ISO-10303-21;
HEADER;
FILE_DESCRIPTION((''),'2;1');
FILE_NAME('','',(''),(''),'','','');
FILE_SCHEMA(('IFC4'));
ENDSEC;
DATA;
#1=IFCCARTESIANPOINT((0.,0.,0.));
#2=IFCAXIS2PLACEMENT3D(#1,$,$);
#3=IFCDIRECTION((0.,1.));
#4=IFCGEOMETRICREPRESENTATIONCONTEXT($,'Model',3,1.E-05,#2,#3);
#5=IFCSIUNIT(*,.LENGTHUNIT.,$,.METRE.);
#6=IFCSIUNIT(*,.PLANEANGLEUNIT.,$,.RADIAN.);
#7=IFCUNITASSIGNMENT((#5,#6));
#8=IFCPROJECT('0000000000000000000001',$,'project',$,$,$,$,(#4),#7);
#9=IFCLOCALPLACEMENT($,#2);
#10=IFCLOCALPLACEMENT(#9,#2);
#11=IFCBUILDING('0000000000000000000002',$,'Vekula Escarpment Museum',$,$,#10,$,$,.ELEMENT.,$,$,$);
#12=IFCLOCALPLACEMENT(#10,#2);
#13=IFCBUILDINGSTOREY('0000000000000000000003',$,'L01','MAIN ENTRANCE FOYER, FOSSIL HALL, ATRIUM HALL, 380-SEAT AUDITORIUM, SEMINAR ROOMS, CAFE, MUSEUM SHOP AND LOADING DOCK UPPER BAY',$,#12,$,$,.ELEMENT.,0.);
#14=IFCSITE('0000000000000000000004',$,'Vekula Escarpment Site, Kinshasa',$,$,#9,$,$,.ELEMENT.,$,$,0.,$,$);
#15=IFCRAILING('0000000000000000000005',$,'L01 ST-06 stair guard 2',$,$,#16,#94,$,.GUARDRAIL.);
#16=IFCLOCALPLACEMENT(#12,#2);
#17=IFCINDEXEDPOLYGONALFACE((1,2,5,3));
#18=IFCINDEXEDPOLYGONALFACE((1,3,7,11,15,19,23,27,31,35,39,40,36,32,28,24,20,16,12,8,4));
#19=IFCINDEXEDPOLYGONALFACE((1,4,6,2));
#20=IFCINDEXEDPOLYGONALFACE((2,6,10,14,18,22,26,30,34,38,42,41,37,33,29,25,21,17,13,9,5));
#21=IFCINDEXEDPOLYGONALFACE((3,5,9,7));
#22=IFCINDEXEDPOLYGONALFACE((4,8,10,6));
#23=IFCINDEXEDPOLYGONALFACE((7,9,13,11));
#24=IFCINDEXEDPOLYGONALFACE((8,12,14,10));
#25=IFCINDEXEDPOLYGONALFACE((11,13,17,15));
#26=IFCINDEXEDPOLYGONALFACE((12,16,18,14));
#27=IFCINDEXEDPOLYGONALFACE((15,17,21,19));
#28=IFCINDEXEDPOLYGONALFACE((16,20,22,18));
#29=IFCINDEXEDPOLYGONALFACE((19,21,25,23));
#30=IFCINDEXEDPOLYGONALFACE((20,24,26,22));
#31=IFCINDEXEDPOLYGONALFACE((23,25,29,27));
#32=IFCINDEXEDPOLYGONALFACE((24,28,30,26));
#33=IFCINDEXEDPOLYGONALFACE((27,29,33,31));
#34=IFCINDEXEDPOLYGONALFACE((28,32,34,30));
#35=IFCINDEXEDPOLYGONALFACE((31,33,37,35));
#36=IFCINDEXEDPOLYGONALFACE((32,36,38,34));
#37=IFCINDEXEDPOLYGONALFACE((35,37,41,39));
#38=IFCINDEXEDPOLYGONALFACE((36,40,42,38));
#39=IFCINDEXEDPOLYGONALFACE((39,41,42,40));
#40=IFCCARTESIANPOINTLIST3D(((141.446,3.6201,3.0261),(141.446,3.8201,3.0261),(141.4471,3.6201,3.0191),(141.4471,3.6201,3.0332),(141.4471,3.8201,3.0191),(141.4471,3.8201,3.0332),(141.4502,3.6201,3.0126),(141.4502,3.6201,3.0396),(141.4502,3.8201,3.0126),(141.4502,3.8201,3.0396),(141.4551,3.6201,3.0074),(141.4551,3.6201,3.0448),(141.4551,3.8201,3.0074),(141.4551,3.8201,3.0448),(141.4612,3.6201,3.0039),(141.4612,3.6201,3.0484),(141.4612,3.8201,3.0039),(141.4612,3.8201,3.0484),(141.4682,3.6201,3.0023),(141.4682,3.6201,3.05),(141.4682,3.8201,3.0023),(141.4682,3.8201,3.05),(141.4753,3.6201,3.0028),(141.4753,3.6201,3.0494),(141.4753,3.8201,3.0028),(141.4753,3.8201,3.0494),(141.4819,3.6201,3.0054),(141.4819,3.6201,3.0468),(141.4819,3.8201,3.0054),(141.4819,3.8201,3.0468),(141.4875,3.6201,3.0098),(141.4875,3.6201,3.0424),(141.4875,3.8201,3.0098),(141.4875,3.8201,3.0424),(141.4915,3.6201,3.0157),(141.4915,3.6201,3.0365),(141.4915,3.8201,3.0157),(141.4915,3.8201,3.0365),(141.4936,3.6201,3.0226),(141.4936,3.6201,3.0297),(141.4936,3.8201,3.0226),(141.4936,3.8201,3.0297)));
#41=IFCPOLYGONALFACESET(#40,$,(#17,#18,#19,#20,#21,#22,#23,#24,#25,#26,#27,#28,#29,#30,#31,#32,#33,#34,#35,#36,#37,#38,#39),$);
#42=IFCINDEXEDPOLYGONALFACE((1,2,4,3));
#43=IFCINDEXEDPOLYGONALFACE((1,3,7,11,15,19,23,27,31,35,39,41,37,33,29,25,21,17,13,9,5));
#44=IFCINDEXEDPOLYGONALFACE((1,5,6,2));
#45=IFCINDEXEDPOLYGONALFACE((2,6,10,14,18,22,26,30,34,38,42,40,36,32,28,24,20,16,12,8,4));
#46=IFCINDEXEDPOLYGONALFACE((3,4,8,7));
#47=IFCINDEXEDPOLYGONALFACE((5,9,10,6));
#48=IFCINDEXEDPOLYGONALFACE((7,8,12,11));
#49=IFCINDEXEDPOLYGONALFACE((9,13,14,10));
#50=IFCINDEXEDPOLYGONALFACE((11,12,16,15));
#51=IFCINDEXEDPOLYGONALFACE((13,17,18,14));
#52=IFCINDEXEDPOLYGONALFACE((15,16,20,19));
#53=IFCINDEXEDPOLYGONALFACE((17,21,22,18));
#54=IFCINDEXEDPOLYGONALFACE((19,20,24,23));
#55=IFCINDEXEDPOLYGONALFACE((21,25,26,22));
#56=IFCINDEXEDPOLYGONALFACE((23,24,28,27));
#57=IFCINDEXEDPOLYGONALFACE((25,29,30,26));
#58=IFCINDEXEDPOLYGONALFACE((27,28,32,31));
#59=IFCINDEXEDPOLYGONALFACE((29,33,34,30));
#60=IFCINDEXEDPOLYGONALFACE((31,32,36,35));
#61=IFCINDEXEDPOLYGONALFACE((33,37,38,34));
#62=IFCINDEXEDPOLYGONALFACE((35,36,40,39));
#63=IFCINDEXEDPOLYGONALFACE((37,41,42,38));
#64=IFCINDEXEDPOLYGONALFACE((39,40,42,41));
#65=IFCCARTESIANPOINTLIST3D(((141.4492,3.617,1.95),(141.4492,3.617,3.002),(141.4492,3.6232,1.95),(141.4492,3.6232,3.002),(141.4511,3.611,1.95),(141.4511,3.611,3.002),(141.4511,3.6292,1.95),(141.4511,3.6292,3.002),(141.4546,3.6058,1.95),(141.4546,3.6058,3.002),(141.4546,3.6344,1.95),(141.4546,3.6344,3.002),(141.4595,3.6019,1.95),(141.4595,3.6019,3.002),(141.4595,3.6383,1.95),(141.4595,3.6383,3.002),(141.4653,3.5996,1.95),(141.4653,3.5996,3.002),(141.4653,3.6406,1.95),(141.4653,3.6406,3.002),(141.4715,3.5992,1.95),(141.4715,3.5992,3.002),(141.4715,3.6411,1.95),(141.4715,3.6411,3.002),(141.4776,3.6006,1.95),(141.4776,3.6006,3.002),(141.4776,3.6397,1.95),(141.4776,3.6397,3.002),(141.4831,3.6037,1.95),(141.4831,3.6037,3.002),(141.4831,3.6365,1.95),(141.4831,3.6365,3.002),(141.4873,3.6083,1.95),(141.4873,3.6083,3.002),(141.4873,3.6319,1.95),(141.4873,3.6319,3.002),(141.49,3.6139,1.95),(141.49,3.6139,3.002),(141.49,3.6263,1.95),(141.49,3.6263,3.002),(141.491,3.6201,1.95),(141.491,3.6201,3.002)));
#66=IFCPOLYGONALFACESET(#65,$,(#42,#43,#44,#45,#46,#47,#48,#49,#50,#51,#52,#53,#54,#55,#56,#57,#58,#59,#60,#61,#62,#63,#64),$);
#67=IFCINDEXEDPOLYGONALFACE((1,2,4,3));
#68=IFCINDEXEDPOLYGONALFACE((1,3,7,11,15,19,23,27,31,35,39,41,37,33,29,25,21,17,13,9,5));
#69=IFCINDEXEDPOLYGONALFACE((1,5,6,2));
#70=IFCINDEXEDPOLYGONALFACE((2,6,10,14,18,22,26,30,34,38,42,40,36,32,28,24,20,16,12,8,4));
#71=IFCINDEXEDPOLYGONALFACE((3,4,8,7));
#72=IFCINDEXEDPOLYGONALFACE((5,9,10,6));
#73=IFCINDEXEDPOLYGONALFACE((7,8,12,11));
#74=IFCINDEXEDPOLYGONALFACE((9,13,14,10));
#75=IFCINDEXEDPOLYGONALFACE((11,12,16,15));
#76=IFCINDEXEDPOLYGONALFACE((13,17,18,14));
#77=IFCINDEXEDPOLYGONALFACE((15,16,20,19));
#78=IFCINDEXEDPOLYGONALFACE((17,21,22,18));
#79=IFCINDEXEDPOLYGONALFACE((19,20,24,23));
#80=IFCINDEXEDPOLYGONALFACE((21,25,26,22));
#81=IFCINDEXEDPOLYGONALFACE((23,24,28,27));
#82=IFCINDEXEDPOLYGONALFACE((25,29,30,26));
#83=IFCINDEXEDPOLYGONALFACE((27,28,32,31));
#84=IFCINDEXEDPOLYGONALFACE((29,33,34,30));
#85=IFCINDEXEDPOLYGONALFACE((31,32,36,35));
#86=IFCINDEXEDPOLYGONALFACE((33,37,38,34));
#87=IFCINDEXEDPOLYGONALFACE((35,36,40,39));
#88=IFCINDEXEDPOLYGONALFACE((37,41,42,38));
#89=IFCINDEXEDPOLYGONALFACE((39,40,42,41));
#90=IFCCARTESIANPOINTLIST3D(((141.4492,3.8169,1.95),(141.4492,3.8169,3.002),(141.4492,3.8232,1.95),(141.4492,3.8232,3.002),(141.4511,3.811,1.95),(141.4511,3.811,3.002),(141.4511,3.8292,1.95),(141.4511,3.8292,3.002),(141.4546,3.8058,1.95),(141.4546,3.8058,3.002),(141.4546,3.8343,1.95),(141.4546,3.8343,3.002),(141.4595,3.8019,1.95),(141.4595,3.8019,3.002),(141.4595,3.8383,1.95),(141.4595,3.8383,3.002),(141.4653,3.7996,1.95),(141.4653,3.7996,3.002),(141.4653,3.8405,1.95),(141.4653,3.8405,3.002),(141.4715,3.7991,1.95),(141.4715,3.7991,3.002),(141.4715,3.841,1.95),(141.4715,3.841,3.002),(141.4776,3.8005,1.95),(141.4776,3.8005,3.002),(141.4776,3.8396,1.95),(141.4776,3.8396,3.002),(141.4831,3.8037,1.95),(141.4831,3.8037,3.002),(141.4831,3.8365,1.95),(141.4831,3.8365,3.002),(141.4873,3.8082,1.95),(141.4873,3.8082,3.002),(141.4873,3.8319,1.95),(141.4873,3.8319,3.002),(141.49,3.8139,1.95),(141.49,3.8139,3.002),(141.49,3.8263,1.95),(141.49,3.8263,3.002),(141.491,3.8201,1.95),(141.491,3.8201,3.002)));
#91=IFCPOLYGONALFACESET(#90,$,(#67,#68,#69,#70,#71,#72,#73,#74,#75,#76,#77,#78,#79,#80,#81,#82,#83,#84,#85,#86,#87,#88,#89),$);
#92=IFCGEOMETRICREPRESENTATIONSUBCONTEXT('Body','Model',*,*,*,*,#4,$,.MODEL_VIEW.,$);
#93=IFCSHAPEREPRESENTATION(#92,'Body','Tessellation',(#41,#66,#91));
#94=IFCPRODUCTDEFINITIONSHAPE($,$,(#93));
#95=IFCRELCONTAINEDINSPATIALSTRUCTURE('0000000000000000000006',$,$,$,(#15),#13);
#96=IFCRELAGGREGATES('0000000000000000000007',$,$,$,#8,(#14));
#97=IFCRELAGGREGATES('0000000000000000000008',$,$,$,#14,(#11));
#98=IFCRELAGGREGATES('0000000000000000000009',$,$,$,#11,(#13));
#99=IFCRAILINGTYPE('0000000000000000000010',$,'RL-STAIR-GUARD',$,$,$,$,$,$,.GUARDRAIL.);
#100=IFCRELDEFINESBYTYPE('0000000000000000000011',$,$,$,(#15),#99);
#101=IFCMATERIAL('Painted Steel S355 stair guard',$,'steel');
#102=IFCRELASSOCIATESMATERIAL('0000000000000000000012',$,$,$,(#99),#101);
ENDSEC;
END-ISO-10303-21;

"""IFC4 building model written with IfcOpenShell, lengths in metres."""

from ifc_helpers import new_model, si_unit, direction, frame, origin, origin_2d, place, context, subcontext, project, spatial, circle, extrude, material, type_object, element, save


model = new_model("IFC4")

# Units and contexts
model_context = context("Model", 3, precision=1e-05, world=origin(), true_north=direction((0.0, 1.0)))
body_context = subcontext(model_context, "Body", "Model", "MODEL_VIEW")
ifc_project = project(units=[si_unit("LENGTHUNIT", "METRE"), si_unit("PLANEANGLEUNIT", "RADIAN")], contexts=[model_context])

# Site, building, storey
site_placement = place(None, origin())
site = spatial("IfcSite", under=ifc_project, at=site_placement, Name="Vekula Escarpment Site, Kinshasa", CompositionType="ELEMENT", RefElevation=0.0)
building_placement = place(site_placement, origin())
building = spatial("IfcBuilding", under=site, at=building_placement, Name="Vekula Escarpment Museum", CompositionType="ELEMENT")
storey_placement = place(building_placement, origin())
storey = spatial("IfcBuildingStorey", under=building, at=storey_placement, Name="L01", Description="MAIN ENTRANCE FOYER, FOSSIL HALL, ATRIUM HALL, 380-SEAT AUDITORIUM, SEMINAR ROOMS, CAFE, MUSEUM SHOP AND LOADING DOCK UPPER BAY", CompositionType="ELEMENT", Elevation=0.0)

# Railing
ifc_material_1 = material(Name="Painted Steel S355 stair guard", Category="steel")
railing_type_1 = type_object("IfcRailingType", Name="RL-STAIR-GUARD", PredefinedType="GUARDRAIL", material=ifc_material_1)
railing_1_placement = place(storey_placement, frame((141.47, 3.6201, 1.95)))
element("IfcRailing", 1, at=railing_1_placement, inside=storey, type_object=railing_type_1, Name="L01 ST-06 stair guard 2", PredefinedType="GUARDRAIL", context=body_context, shape_type="SweptSolid", body=[
    extrude(circle(Radius=0.0239, at=origin_2d()), frame((0.0, 0.0, 1.0762), z_axis=(0.0, 1.0, 0.0), x_axis=(-1.0, 0.0, 0.0)), (0.0, 0.0, 1.0), 0.2),
    extrude(circle(Radius=0.021, at=origin_2d()), origin(), (0.0, 0.0, 1.0), 1.052),
    extrude(circle(Radius=0.021, at=origin_2d()), frame((0.0, 0.2, 0.0)), (0.0, 0.0, 1.0), 1.052),
])

save(model, "model.ifc")
